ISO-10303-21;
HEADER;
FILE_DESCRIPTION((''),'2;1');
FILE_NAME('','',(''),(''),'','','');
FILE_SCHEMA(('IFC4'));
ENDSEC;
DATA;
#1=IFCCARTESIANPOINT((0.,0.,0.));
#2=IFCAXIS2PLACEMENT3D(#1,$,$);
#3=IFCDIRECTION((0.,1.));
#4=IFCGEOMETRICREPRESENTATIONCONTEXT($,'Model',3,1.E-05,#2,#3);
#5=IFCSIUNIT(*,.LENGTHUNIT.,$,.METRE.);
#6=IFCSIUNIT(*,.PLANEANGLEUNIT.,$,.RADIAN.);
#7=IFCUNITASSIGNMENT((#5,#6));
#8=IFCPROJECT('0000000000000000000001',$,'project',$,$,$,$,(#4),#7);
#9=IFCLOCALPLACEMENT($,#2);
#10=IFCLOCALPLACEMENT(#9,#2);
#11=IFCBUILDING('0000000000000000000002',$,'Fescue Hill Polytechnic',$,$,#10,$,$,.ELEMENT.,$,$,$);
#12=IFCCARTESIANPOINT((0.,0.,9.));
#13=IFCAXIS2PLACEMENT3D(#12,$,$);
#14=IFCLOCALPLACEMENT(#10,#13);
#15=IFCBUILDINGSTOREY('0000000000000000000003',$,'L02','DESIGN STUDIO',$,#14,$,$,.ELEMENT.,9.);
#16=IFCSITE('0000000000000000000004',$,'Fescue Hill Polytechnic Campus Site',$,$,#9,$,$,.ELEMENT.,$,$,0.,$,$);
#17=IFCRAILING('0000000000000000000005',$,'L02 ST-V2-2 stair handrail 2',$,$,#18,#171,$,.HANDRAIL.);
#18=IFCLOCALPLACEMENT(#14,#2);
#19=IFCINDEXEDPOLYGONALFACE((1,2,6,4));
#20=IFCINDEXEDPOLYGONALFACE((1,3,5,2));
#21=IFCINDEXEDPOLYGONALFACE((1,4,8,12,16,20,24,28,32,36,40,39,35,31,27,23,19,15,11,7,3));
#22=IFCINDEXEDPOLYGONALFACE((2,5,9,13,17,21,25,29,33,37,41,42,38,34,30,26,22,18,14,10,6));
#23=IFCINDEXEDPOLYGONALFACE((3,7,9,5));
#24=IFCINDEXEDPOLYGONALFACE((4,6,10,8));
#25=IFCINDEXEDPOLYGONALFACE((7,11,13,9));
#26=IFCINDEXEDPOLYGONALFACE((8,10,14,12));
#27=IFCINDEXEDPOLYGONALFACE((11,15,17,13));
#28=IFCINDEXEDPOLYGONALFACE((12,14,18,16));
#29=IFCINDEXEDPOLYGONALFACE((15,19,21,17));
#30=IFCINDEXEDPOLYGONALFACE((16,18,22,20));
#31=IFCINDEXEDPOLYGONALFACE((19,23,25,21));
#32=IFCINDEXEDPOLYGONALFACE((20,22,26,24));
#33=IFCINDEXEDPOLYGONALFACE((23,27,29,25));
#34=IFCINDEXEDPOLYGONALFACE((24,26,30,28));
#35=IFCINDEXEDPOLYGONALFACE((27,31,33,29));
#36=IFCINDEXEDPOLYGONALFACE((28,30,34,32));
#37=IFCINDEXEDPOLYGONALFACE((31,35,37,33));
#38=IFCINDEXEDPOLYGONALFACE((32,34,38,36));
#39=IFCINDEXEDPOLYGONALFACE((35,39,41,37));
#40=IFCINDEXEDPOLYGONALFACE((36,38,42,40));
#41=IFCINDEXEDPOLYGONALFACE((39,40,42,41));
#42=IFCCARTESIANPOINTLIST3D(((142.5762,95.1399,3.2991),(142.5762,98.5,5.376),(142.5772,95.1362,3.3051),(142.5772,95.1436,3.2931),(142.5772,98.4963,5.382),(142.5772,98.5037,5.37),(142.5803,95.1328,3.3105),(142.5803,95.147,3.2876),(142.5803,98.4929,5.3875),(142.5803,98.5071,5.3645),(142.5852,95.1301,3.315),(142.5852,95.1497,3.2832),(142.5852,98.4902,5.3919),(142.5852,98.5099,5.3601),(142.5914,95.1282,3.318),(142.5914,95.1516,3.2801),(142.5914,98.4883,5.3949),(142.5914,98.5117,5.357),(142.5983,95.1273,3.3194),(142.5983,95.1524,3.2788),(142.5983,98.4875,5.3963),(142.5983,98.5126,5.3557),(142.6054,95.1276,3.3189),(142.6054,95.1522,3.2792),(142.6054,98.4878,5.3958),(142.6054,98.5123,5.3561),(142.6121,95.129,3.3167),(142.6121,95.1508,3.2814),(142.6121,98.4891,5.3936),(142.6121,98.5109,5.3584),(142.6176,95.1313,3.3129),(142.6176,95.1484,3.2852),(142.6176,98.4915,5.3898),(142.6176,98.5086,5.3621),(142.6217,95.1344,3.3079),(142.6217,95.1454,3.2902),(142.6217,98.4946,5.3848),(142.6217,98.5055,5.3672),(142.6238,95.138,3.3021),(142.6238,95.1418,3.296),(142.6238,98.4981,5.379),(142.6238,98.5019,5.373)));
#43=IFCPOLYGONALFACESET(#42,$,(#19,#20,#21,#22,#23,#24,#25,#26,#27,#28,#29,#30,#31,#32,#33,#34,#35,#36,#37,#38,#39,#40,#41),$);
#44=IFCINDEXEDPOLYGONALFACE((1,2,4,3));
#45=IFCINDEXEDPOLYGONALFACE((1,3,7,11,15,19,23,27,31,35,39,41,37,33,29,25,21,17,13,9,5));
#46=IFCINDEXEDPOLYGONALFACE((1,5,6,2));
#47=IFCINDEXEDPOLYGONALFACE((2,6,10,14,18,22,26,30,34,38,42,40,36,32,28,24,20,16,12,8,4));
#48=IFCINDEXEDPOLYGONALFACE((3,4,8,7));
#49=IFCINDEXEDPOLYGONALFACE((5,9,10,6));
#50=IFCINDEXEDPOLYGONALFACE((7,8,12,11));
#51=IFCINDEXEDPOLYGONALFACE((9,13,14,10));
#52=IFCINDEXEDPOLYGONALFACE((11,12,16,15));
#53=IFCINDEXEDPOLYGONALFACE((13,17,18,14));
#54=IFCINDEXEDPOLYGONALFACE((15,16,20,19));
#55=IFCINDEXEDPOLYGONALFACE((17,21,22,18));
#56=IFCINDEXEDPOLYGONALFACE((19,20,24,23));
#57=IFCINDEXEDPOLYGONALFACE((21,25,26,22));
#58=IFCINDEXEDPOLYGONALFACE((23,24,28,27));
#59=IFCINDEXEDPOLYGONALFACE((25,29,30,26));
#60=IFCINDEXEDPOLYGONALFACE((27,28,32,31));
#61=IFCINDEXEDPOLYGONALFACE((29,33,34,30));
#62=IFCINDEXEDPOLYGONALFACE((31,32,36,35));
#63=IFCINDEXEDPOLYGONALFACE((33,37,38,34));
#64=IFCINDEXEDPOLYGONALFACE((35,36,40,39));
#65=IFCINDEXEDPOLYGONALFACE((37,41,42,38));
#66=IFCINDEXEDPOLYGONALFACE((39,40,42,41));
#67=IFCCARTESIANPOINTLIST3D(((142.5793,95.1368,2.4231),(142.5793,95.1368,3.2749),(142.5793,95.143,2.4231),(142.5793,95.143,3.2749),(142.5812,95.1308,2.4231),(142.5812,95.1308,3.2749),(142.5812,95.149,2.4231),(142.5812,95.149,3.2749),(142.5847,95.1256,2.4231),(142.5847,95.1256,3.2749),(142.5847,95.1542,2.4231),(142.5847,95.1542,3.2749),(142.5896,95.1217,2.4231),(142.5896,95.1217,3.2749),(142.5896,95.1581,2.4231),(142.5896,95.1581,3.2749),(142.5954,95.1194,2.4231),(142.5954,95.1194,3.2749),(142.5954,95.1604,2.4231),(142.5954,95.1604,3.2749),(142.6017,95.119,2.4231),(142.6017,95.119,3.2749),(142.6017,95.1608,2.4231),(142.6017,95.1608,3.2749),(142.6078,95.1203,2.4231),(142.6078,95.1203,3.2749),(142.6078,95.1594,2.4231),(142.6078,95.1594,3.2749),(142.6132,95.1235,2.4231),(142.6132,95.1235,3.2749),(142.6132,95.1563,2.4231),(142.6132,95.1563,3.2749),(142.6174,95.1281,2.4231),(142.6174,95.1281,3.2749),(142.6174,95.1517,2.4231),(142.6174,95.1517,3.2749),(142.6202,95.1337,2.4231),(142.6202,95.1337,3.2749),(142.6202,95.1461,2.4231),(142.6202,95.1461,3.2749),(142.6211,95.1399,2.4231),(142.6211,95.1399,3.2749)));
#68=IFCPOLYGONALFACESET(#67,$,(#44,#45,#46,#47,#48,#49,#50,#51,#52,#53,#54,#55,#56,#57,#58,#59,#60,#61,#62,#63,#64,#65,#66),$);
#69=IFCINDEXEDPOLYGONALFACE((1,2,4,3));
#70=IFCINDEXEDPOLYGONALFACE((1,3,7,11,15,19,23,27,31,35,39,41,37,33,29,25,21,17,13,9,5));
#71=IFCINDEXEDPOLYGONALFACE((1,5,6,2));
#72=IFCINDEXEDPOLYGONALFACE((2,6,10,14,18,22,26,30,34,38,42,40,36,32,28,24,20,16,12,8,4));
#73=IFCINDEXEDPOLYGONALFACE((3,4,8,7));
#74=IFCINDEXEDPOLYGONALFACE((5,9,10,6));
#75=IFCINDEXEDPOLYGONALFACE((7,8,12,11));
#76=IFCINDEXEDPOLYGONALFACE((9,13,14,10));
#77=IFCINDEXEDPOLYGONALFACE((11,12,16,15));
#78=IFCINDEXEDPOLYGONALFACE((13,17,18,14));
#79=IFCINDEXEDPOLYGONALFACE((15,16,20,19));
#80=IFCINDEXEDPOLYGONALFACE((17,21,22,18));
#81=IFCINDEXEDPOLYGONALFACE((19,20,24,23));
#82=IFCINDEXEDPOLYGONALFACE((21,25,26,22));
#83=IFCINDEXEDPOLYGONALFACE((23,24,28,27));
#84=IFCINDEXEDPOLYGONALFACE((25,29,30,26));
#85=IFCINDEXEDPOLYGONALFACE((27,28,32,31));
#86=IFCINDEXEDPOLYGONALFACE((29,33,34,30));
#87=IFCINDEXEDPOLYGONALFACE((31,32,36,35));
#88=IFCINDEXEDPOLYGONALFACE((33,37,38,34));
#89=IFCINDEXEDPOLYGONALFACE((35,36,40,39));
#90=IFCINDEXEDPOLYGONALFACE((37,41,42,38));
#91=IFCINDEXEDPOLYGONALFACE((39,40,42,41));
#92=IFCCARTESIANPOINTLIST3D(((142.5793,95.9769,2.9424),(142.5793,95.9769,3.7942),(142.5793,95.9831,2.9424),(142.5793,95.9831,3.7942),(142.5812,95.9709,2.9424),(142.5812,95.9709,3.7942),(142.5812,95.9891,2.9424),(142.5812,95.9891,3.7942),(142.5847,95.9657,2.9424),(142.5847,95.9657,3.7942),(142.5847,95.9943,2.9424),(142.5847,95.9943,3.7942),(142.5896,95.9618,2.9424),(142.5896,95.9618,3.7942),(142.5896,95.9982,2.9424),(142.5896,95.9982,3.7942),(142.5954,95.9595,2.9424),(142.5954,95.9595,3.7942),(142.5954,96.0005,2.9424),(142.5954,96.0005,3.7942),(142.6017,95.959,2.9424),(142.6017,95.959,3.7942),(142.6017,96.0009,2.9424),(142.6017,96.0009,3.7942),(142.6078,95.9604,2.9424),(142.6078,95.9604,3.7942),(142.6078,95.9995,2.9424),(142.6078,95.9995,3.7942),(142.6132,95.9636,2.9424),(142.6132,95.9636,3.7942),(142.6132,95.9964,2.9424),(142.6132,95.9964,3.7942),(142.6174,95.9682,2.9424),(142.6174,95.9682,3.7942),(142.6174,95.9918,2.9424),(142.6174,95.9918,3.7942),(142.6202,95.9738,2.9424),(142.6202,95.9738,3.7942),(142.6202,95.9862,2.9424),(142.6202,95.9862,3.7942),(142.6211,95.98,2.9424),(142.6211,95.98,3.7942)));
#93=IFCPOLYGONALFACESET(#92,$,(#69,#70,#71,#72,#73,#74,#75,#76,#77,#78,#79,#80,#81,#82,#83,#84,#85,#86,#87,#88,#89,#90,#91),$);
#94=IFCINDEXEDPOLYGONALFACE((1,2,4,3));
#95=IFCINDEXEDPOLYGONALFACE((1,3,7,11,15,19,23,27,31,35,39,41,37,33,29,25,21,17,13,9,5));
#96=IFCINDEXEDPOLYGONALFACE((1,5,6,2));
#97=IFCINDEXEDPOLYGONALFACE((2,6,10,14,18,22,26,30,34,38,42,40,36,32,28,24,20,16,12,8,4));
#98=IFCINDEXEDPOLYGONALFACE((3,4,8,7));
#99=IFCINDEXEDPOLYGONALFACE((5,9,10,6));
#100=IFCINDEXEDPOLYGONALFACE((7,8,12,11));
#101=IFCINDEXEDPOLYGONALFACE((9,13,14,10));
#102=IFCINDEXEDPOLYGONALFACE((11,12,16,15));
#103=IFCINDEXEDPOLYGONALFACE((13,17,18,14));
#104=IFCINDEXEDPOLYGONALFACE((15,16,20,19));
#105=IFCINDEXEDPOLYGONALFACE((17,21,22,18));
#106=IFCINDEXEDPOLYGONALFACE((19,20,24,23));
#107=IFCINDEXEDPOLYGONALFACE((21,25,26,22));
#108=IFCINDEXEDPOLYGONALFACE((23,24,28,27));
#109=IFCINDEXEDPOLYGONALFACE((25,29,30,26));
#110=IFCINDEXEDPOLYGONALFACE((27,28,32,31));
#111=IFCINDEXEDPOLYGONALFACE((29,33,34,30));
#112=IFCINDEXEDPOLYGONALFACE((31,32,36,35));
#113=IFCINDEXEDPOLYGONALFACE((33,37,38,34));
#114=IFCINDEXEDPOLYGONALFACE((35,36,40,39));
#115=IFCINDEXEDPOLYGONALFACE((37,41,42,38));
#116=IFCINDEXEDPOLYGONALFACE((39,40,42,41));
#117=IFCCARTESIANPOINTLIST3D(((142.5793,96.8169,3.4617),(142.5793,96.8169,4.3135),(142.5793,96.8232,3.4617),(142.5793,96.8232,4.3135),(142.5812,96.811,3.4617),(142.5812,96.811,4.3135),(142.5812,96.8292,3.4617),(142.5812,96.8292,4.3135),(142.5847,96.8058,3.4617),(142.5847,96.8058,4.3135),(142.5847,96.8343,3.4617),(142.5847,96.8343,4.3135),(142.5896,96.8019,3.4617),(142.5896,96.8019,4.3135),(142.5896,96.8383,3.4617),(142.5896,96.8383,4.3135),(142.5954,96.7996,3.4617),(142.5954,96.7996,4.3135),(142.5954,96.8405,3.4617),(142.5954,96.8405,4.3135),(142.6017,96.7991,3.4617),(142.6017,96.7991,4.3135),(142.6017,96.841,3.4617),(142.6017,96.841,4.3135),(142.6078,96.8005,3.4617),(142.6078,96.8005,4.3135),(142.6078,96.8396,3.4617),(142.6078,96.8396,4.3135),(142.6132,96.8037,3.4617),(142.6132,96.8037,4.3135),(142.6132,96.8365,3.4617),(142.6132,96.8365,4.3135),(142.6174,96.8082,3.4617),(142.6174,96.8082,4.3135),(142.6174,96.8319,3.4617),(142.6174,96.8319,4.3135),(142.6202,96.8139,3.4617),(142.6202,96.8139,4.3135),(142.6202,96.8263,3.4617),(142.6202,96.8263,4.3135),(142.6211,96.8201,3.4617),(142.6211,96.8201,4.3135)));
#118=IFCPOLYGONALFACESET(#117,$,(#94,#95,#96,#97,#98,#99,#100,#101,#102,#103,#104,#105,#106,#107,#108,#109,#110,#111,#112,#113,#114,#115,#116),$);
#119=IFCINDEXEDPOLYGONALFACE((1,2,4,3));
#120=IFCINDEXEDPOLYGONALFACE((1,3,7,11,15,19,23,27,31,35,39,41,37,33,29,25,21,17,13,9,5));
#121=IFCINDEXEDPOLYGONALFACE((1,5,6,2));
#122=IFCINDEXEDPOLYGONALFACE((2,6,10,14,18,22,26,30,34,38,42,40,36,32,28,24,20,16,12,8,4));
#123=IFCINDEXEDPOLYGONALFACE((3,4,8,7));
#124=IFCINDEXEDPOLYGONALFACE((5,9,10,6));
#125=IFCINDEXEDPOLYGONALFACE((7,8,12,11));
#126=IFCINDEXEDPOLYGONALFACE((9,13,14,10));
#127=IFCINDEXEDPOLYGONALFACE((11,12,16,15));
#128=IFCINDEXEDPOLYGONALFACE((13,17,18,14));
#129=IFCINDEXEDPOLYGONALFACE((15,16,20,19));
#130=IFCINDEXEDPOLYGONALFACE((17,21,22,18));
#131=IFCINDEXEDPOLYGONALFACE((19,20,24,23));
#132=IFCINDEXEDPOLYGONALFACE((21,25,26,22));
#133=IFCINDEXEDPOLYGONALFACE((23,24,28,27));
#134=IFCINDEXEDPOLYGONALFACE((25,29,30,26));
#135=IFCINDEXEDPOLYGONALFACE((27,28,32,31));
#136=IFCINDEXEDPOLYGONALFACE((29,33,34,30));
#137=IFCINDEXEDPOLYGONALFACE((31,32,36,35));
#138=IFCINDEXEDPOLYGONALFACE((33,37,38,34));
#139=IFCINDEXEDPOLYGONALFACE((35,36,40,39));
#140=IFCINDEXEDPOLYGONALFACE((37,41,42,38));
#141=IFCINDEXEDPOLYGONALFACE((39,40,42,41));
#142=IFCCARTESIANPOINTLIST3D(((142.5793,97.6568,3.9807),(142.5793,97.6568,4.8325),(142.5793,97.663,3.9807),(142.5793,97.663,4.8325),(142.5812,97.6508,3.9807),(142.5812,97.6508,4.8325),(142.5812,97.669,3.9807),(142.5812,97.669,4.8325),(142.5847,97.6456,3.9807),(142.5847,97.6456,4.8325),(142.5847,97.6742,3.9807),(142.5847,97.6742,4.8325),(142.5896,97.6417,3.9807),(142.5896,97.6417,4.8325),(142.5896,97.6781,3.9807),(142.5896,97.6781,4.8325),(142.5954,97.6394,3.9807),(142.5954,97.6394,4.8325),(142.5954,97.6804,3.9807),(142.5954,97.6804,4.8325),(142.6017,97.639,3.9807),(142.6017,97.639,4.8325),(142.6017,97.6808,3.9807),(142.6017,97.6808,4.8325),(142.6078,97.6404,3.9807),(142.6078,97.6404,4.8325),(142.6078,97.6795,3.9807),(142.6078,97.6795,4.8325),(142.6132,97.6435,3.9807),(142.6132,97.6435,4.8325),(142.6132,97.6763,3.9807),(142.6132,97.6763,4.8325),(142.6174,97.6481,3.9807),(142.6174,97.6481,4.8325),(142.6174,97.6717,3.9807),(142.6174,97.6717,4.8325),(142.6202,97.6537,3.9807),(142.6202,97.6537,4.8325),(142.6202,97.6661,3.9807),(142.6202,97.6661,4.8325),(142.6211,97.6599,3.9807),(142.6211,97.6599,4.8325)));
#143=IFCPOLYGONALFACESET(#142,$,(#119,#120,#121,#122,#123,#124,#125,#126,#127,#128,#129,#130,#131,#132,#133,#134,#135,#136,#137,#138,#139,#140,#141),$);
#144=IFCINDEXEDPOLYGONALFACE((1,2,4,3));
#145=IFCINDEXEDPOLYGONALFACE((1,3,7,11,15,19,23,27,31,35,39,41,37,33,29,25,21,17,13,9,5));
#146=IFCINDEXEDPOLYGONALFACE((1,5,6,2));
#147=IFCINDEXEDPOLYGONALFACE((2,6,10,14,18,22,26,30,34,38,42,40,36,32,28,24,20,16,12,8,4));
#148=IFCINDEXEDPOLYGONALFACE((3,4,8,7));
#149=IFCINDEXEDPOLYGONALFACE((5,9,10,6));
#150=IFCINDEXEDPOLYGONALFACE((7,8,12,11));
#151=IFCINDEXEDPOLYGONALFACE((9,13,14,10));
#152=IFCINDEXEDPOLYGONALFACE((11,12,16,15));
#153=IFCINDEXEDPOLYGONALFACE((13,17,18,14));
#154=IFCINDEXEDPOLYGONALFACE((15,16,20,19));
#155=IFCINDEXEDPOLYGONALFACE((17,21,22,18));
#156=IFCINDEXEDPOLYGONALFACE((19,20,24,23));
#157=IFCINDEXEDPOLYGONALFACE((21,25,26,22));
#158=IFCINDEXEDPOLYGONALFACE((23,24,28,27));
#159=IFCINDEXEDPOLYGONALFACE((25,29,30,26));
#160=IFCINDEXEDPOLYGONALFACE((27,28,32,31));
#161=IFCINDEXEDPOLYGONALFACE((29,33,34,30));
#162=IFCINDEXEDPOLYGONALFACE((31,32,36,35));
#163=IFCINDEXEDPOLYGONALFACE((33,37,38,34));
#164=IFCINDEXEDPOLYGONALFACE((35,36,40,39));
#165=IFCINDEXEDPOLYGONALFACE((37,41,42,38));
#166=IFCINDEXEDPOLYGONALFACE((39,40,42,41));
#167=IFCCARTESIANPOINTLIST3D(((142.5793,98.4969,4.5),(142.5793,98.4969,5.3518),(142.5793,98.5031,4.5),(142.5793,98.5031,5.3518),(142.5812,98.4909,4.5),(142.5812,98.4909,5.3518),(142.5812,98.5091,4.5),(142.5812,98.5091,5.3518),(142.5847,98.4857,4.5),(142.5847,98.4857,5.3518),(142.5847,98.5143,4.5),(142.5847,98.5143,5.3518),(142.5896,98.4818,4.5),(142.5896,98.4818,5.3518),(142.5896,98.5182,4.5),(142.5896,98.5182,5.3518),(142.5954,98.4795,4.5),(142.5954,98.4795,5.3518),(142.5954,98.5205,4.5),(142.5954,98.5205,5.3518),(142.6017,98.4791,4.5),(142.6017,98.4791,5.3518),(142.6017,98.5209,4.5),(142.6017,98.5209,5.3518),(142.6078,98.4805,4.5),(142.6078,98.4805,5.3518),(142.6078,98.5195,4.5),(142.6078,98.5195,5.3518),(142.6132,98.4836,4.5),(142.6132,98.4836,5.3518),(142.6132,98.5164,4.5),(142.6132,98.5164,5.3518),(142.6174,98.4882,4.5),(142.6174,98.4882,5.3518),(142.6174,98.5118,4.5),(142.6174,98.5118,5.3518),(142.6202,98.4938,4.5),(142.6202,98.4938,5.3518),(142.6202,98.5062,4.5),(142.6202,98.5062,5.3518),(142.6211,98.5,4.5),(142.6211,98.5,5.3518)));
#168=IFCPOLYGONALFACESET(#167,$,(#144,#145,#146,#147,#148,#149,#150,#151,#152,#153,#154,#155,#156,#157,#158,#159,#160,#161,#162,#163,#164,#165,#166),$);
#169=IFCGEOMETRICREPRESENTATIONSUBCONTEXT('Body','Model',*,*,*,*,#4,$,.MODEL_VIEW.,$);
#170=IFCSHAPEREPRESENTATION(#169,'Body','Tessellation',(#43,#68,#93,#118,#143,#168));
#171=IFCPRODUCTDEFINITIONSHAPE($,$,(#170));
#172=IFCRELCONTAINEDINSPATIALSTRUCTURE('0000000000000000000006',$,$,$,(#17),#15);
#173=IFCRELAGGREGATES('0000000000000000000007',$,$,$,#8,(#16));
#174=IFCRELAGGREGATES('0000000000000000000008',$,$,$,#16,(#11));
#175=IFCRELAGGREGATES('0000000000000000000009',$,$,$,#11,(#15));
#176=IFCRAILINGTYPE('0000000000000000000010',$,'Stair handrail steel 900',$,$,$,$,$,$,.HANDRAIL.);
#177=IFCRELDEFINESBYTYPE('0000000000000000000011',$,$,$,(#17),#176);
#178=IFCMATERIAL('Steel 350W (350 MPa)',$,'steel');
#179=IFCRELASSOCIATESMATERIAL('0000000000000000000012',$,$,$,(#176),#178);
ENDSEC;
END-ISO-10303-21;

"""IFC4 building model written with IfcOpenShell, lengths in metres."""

from ifc_helpers import new_model, si_unit, direction, frame, origin, origin_2d, place, context, subcontext, project, spatial, circle, extrude, material, type_object, element, save


model = new_model("IFC4")

# Units and contexts
model_context = context("Model", 3, precision=1e-05, world=origin(), true_north=direction((0.0, 1.0)))
body_context = subcontext(model_context, "Body", "Model", "MODEL_VIEW")
ifc_project = project(units=[si_unit("LENGTHUNIT", "METRE"), si_unit("PLANEANGLEUNIT", "RADIAN")], contexts=[model_context])

# Site, building, storey
site_placement = place(None, origin())
site = spatial("IfcSite", under=ifc_project, at=site_placement, Name="Fescue Hill Polytechnic Campus Site", CompositionType="ELEMENT", RefElevation=0.0)
building_placement = place(site_placement, origin())
building = spatial("IfcBuilding", under=site, at=building_placement, Name="Fescue Hill Polytechnic", CompositionType="ELEMENT")
storey_placement = place(building_placement, frame((0.0, 0.0, 9.0)))
storey = spatial("IfcBuildingStorey", under=building, at=storey_placement, Name="L02", Description="DESIGN STUDIO", CompositionType="ELEMENT", Elevation=9.0)

# Railing
ifc_material_1 = material(Name="Steel 350W (350 MPa)", Category="steel")
railing_type_1 = type_object("IfcRailingType", Name="Stair handrail steel 900", PredefinedType="HANDRAIL", material=ifc_material_1)
railing_1_placement = place(storey_placement, frame((142.6001, 95.1399, 2.4231)))
element("IfcRailing", 1, at=railing_1_placement, inside=storey, type_object=railing_type_1, Name="L02 ST-V2-2 stair handrail 2", PredefinedType="HANDRAIL", context=body_context, shape_type="SweptSolid", body=[
    extrude(circle(Radius=0.0239, at=origin_2d()), frame((0.0, 0.0, 0.876), z_axis=(0.0, 0.850623, 0.525776), x_axis=(-1.0, 0.0, 0.0)), (0.0, 0.0, 1.0), 3.9502),
    extrude(circle(Radius=0.021, at=origin_2d()), origin(), (0.0, 0.0, 1.0), 0.8518),
    extrude(circle(Radius=0.021, at=origin_2d()), frame((0.0, 0.8401, 0.5193)), (0.0, 0.0, 1.0), 0.8518),
    extrude(circle(Radius=0.021, at=origin_2d()), frame((0.0, 1.6802, 1.0386)), (0.0, 0.0, 1.0), 0.8518),
    extrude(circle(Radius=0.021, at=origin_2d()), frame((0.0, 2.52, 1.5576)), (0.0, 0.0, 1.0), 0.8518),
    extrude(circle(Radius=0.021, at=origin_2d()), frame((0.0, 3.3601, 2.0769)), (0.0, 0.0, 1.0), 0.8518),
])

save(model, "model.ifc")
